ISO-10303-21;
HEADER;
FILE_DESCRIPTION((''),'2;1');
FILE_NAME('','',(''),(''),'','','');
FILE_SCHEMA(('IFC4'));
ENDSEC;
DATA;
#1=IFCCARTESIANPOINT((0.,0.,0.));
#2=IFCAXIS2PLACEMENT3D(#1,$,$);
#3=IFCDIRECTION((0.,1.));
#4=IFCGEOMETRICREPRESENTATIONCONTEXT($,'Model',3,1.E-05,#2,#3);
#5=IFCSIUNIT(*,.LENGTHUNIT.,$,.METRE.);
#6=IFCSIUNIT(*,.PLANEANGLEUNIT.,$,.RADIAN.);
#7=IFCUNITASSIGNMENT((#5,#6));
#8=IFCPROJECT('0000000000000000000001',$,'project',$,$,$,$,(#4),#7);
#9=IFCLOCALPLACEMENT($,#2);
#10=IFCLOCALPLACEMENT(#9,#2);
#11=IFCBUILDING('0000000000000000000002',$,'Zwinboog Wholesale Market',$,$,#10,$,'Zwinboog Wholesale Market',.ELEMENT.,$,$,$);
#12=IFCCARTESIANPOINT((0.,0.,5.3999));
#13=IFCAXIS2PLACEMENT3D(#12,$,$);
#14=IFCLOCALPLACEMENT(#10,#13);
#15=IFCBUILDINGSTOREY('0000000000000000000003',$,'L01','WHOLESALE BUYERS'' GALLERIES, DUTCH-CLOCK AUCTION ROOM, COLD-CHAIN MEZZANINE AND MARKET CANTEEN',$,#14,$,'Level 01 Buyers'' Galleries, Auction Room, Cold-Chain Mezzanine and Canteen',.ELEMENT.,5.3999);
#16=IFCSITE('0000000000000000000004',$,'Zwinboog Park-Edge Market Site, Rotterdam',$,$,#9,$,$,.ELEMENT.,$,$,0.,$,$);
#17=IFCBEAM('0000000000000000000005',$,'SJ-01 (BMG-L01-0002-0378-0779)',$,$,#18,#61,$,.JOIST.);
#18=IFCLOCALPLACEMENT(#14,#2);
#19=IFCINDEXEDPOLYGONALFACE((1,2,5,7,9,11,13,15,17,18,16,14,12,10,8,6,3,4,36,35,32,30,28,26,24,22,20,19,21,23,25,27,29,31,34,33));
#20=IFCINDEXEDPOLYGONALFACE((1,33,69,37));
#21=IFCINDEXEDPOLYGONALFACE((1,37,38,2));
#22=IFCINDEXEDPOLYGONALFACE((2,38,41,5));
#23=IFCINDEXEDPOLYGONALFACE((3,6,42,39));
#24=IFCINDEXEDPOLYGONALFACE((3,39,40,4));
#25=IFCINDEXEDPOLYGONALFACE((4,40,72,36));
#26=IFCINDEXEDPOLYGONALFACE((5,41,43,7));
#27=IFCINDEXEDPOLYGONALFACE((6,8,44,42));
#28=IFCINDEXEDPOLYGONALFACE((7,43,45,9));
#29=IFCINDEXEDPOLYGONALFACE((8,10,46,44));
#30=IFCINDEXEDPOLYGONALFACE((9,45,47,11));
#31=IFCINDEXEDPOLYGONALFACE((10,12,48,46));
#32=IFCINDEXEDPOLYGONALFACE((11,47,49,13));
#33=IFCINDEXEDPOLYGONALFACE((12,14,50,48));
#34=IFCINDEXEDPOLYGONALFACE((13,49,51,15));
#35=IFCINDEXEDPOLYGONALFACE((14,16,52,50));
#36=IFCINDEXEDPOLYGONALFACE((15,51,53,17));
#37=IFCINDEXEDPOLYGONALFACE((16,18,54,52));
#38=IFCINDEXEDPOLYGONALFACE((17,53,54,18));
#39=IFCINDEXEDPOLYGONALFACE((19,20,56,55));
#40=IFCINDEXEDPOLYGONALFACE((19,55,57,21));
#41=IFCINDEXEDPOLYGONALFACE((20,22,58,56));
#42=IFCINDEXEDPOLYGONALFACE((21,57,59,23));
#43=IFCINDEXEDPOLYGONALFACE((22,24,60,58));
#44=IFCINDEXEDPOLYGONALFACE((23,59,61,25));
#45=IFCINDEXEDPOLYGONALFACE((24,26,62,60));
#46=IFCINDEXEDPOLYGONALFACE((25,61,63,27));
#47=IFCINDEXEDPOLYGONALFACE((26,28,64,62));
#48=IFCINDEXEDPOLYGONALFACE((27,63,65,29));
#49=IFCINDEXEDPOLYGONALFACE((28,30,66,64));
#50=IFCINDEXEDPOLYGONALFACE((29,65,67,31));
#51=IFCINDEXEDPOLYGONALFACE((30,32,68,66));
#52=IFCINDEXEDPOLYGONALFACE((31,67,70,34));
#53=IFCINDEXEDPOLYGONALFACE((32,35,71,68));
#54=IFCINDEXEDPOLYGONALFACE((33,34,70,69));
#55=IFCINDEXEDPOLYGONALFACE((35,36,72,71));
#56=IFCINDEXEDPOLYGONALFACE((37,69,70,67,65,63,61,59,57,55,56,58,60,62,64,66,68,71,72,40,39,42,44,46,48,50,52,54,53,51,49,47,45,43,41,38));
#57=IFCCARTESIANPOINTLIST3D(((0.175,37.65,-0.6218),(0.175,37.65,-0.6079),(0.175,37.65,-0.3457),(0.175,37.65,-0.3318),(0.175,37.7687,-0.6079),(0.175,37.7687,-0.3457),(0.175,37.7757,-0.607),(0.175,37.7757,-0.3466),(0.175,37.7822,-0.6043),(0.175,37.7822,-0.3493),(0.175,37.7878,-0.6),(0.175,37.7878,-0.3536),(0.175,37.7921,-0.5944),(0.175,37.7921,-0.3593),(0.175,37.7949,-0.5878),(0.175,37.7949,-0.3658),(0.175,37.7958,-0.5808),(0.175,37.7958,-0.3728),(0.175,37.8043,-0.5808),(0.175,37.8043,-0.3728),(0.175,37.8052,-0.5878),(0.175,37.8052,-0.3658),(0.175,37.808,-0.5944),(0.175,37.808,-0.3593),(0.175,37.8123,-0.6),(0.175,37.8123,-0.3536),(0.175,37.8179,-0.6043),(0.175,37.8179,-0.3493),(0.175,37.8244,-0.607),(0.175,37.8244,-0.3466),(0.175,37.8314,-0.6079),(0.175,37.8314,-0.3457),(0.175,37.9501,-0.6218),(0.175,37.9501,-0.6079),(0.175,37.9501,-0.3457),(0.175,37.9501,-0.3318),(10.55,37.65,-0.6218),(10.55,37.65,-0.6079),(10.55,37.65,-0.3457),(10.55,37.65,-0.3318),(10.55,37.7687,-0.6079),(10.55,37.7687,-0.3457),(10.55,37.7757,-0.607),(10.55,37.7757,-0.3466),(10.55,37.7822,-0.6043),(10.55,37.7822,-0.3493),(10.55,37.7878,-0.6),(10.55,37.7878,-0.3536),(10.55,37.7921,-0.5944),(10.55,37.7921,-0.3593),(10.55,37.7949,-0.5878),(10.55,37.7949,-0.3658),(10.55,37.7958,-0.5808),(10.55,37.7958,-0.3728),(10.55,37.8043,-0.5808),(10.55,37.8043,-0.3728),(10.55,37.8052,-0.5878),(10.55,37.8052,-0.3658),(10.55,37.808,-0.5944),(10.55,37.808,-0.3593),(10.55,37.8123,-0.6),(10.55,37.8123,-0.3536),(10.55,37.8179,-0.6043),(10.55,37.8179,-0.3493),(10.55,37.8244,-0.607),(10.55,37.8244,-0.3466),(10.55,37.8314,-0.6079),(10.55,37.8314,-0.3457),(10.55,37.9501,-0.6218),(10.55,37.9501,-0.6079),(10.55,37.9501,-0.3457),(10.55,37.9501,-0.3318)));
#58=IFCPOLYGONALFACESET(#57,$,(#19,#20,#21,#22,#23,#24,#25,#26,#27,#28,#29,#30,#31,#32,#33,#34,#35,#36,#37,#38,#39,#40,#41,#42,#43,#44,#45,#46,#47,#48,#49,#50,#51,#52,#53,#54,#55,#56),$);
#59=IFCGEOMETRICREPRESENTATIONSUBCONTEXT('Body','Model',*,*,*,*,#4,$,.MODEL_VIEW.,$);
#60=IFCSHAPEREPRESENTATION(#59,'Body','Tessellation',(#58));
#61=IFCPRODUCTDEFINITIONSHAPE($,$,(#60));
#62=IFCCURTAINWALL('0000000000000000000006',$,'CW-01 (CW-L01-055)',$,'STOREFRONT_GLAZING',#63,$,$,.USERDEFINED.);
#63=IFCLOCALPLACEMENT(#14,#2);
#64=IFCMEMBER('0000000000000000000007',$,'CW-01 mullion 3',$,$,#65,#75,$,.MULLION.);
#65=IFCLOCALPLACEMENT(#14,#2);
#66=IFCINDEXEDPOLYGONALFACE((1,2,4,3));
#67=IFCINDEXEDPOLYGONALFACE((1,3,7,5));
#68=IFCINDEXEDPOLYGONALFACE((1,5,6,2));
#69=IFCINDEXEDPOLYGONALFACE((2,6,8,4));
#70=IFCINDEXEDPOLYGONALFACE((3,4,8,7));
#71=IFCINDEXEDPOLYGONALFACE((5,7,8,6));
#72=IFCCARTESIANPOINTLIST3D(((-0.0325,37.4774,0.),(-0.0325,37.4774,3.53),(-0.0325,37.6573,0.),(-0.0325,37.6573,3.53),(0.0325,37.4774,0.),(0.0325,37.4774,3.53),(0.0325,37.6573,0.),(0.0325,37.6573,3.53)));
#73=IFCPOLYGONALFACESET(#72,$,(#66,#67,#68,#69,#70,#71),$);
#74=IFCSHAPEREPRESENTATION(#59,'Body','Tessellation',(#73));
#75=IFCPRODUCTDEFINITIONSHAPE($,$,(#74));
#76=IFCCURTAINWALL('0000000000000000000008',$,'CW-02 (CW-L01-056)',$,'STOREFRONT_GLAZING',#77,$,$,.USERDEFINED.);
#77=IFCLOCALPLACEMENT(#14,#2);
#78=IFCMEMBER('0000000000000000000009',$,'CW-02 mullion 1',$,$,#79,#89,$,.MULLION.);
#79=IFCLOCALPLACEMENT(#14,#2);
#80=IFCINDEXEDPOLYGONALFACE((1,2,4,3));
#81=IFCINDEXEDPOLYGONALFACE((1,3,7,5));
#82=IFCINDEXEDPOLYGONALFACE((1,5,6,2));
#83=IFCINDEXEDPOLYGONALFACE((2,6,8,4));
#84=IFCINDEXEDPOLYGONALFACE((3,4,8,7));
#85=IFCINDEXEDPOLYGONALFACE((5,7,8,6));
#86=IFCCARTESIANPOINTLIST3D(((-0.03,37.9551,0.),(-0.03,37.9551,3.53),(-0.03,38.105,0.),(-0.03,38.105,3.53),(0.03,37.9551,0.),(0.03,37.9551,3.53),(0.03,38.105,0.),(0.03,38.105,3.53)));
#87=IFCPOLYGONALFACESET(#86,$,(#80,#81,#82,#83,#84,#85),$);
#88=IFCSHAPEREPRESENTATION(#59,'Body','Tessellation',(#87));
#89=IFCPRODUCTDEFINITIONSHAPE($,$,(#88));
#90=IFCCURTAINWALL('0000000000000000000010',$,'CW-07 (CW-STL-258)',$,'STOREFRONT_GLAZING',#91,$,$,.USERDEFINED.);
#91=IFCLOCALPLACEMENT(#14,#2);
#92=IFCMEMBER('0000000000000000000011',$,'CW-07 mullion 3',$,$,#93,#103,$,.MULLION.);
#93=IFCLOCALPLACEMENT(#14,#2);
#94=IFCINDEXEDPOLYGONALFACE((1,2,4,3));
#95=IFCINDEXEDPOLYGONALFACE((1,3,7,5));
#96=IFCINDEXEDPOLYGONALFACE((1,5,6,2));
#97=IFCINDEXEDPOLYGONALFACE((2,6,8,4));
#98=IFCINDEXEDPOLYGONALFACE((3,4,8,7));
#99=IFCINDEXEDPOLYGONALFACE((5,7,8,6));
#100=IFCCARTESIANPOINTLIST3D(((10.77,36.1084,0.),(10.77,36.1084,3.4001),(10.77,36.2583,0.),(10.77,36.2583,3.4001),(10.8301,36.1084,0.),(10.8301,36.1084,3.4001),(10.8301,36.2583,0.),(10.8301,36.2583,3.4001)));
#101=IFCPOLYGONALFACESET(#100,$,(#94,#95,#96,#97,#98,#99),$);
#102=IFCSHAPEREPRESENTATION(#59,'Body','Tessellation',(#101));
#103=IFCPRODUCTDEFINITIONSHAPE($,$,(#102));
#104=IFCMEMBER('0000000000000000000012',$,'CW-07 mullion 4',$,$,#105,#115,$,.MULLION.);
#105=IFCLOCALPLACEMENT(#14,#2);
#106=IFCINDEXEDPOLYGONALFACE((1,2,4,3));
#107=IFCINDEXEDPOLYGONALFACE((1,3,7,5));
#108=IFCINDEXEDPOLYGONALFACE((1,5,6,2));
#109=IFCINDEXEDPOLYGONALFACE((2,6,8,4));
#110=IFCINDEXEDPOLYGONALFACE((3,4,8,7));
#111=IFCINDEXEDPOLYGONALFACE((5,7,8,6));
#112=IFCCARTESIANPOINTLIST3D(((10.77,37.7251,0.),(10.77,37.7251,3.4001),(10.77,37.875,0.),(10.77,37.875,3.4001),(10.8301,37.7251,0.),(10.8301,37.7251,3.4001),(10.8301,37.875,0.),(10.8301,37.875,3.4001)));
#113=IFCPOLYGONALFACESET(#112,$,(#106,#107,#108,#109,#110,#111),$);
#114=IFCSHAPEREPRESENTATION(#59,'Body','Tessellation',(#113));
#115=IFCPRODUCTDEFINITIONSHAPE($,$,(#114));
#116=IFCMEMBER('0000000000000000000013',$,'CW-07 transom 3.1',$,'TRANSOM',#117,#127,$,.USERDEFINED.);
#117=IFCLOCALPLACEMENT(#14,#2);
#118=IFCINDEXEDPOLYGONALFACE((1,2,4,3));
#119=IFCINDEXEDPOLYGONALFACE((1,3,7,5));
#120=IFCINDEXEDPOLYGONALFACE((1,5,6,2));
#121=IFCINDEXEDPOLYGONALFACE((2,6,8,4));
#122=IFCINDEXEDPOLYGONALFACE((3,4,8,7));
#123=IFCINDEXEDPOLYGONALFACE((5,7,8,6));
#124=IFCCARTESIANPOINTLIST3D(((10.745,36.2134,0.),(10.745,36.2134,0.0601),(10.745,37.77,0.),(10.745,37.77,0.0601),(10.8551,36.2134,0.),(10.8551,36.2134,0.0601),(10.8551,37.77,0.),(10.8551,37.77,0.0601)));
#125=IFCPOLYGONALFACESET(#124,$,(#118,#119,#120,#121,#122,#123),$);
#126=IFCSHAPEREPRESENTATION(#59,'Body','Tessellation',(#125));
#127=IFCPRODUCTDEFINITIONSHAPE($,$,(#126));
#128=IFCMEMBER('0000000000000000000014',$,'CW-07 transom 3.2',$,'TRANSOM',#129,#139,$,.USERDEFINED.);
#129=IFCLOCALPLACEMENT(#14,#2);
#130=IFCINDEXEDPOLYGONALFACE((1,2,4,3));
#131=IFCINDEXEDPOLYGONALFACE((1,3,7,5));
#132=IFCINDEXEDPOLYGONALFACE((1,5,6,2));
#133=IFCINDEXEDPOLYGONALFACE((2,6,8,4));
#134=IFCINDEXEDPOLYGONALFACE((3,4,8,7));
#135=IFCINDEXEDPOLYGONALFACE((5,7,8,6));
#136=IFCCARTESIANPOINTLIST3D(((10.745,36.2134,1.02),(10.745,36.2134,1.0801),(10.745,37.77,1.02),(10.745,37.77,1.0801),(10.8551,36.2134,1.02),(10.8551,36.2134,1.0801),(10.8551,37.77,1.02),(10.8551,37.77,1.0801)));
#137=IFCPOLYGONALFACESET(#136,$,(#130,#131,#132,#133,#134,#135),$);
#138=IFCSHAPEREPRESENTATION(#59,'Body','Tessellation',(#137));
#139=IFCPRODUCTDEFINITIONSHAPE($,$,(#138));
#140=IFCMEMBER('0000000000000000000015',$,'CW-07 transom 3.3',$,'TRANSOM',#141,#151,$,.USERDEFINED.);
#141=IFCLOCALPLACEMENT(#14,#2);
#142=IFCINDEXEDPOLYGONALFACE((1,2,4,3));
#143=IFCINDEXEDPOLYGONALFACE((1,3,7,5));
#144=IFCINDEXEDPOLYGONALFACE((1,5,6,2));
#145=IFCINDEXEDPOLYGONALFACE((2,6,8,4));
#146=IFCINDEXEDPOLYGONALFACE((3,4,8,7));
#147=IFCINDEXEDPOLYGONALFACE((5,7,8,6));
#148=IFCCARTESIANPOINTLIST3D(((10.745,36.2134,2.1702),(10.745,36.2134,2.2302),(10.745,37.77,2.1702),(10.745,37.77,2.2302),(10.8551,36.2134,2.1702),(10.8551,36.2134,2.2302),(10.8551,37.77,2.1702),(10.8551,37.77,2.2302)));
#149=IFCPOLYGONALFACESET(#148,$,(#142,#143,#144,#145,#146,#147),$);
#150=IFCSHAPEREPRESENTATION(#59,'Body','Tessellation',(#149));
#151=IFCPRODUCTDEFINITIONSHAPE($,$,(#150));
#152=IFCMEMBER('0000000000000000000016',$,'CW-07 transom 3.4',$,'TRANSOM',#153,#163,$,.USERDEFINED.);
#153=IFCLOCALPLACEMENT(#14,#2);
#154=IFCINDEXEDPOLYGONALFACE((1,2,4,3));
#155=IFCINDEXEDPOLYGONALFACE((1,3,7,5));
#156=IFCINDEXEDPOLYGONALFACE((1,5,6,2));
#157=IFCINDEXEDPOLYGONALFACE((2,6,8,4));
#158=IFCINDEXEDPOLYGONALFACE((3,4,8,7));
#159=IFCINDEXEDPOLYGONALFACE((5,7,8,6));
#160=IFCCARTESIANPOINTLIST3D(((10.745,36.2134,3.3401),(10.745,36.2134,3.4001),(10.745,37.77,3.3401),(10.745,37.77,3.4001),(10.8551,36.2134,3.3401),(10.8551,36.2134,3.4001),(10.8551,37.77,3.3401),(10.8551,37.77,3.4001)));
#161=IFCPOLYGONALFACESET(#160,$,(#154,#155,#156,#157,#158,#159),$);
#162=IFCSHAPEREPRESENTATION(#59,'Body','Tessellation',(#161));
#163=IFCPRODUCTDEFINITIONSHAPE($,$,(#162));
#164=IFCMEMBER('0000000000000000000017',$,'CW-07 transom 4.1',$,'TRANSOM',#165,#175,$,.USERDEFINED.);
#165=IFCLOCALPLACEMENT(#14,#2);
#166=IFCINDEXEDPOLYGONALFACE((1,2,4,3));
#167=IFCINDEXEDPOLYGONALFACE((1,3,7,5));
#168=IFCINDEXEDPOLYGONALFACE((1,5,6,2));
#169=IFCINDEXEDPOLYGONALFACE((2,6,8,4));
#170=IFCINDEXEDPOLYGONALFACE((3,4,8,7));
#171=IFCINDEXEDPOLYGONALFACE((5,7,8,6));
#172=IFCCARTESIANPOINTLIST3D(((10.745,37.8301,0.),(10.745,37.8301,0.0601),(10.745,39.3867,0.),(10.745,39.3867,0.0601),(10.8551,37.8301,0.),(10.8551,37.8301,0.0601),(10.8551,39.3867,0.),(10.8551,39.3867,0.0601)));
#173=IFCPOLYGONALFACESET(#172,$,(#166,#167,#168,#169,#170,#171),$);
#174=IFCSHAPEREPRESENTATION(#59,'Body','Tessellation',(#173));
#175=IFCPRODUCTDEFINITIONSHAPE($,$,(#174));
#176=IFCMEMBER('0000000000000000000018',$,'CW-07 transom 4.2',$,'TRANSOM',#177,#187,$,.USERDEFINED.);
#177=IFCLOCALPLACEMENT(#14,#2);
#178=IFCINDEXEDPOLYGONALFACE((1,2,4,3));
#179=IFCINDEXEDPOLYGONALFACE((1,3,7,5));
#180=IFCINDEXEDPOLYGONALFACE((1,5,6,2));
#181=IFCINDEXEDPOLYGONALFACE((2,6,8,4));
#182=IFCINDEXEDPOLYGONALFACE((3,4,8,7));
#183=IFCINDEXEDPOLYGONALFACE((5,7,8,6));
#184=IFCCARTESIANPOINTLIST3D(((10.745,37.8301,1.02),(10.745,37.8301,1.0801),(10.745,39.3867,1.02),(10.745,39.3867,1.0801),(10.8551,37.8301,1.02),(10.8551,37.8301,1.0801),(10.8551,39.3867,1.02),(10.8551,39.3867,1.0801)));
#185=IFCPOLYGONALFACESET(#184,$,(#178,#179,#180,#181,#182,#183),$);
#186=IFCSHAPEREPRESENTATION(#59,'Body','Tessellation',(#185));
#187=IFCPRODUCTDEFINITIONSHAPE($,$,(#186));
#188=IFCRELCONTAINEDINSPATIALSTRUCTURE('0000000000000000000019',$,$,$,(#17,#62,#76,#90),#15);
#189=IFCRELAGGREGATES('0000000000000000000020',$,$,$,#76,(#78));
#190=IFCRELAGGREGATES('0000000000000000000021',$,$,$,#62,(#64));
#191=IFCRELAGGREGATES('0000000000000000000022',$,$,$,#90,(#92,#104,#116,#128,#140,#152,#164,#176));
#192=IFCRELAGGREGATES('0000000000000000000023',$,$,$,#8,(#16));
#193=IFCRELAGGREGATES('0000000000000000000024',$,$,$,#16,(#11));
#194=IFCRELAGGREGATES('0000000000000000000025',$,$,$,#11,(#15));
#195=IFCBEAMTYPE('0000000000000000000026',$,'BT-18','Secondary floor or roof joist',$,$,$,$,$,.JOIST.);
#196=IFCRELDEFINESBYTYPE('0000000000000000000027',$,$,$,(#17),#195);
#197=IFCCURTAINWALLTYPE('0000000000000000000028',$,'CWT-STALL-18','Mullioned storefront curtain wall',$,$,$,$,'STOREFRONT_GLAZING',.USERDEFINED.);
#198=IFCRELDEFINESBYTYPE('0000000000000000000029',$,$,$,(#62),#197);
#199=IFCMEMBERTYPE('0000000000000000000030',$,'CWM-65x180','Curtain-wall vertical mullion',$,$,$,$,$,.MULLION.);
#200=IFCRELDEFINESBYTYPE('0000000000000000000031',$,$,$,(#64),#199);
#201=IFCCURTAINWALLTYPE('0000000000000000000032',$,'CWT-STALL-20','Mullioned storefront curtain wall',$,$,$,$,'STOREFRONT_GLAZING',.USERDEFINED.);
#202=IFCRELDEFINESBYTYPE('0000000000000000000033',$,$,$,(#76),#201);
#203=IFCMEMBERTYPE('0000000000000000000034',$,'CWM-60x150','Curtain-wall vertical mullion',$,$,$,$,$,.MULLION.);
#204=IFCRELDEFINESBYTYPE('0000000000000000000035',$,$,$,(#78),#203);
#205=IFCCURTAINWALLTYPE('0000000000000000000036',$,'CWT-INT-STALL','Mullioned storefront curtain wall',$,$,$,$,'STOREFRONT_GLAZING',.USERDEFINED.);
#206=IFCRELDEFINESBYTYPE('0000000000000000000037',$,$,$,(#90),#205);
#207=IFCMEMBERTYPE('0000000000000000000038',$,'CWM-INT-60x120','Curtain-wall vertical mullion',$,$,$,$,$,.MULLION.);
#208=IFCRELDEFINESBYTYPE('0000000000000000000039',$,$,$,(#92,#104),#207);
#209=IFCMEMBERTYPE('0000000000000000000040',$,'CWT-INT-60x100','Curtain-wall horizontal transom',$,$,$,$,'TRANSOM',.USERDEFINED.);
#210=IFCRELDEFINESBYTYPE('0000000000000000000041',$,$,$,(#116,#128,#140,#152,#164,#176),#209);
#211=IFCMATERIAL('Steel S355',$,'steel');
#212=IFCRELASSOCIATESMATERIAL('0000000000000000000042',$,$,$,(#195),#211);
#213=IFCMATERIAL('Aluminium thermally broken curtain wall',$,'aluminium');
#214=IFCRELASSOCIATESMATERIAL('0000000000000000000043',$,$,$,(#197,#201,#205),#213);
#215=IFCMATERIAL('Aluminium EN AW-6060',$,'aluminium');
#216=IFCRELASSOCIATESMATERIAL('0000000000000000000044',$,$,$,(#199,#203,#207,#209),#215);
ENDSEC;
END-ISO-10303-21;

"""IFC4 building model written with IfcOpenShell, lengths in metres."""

from ifc_helpers import new_model, si_unit, direction, frame, origin, origin_2d, place, context, subcontext, project, spatial, rectangle, i_section, extrude, material, material_profile, profile_set, type_object, element, aggregate, save


model = new_model("IFC4")

# Units and contexts
model_context = context("Model", 3, precision=1e-05, world=origin(), true_north=direction((0.0, 1.0)))
body_context = subcontext(model_context, "Body", "Model", "MODEL_VIEW")
ifc_project = project(units=[si_unit("LENGTHUNIT", "METRE"), si_unit("PLANEANGLEUNIT", "RADIAN")], contexts=[model_context])

# Site, building, storey
site_placement = place(None, origin())
site = spatial("IfcSite", under=ifc_project, at=site_placement, Name="Zwinboog Park-Edge Market Site, Rotterdam", CompositionType="ELEMENT", RefElevation=0.0)
building_placement = place(site_placement, origin())
building = spatial("IfcBuilding", under=site, at=building_placement, Name="Zwinboog Wholesale Market", LongName="Zwinboog Wholesale Market", CompositionType="ELEMENT")
storey_placement = place(building_placement, frame((0.0, 0.0, 5.3999)))
storey = spatial("IfcBuildingStorey", under=building, at=storey_placement, Name="L01", Description="WHOLESALE BUYERS' GALLERIES, DUTCH-CLOCK AUCTION ROOM, COLD-CHAIN MEZZANINE AND MARKET CANTEEN", LongName="Level 01 Buyers' Galleries, Auction Room, Cold-Chain Mezzanine and Canteen", CompositionType="ELEMENT", Elevation=5.3999)

# Beam
ifc_material_1 = material(Name="Steel S355", Category="steel")
ifc_material_profile_1 = material_profile(ifc_material_1, i_section(OverallWidth=0.3, OverallDepth=0.29, WebThickness=0.0085, FlangeThickness=0.0139, FilletRadius=0.0271, at=origin_2d()), Name="HEA 300")
ifc_profile_set_1 = profile_set([ifc_material_profile_1], Name="Steel S355")
beam_type = type_object("IfcBeamType", Name="BT-18", Description="Secondary floor or roof joist", PredefinedType="JOIST", material=ifc_profile_set_1)
beam_placement = place(storey_placement, frame((0.175, 37.8, -0.4768), z_axis=(1.0, 0.0, 0.0), x_axis=(0.0, 1.0, 0.0)))
element("IfcBeam", 1, at=beam_placement, inside=storey, type_object=beam_type, Name="SJ-01 (BMG-L01-0002-0378-0779)", PredefinedType="JOIST", context=body_context, shape_type="SweptSolid", body=[
    extrude(i_section(OverallWidth=0.3, OverallDepth=0.29, WebThickness=0.0085, FlangeThickness=0.0139, FilletRadius=0.0271, at=origin_2d()), origin(), (0.0, 0.0, 1.0), 10.375),
])

# Curtain walls, members
ifc_material_2 = material(Name="Aluminium thermally broken curtain wall", Category="aluminium")
curtain_wall_type_1 = type_object("IfcCurtainWallType", Name="CWT-STALL-18", Description="Mullioned storefront curtain wall", ElementType="STOREFRONT_GLAZING", PredefinedType="USERDEFINED", material=ifc_material_2)
curtain_wall_1_placement = place(storey_placement, origin())
curtain_wall_1 = element("IfcCurtainWall", 2, at=curtain_wall_1_placement, inside=storey, type_object=curtain_wall_type_1, Name="CW-01 (CW-L01-055)", ObjectType="STOREFRONT_GLAZING", PredefinedType="USERDEFINED")
ifc_material_3 = material(Name="Aluminium EN AW-6060", Category="aluminium")
ifc_material_profile_2 = material_profile(ifc_material_3, rectangle(XDim=0.0649, YDim=0.1799, at=origin_2d()), Name="AL 65x180")
ifc_profile_set_2 = profile_set([ifc_material_profile_2], Name="Aluminium EN AW-6060")
member_type_1 = type_object("IfcMemberType", Name="CWM-65x180", Description="Curtain-wall vertical mullion", PredefinedType="MULLION", material=ifc_profile_set_2)
member_1_placement = place(storey_placement, frame((0.0, 37.5674, 0.0), z_axis=(0.0, 0.0, 1.0), x_axis=(-1.0, 0.0, 0.0)))
member_1 = element("IfcMember", 3, at=member_1_placement, type_object=member_type_1, Name="CW-01 mullion 3", PredefinedType="MULLION", context=body_context, shape_type="SweptSolid", body=[
    extrude(rectangle(XDim=0.0649, YDim=0.1799, at=origin_2d()), origin(), (0.0, 0.0, 1.0), 3.53),
])
curtain_wall_type_2 = type_object("IfcCurtainWallType", Name="CWT-STALL-20", Description="Mullioned storefront curtain wall", ElementType="STOREFRONT_GLAZING", PredefinedType="USERDEFINED", material=ifc_material_2)
curtain_wall_2_placement = place(storey_placement, origin())
curtain_wall_2 = element("IfcCurtainWall", 4, at=curtain_wall_2_placement, inside=storey, type_object=curtain_wall_type_2, Name="CW-02 (CW-L01-056)", ObjectType="STOREFRONT_GLAZING", PredefinedType="USERDEFINED")
ifc_material_profile_3 = material_profile(ifc_material_3, rectangle(XDim=0.0601, YDim=0.1499, at=origin_2d()), Name="AL 60x150")
ifc_profile_set_3 = profile_set([ifc_material_profile_3], Name="Aluminium EN AW-6060")
member_type_2 = type_object("IfcMemberType", Name="CWM-60x150", Description="Curtain-wall vertical mullion", PredefinedType="MULLION", material=ifc_profile_set_3)
member_2_placement = place(storey_placement, frame((0.0, 38.03, 0.0), z_axis=(0.0, 0.0, 1.0), x_axis=(-1.0, 0.0, 0.0)))
member_2 = element("IfcMember", 5, at=member_2_placement, type_object=member_type_2, Name="CW-02 mullion 1", PredefinedType="MULLION", context=body_context, shape_type="SweptSolid", body=[
    extrude(rectangle(XDim=0.0601, YDim=0.1499, at=origin_2d()), origin(), (0.0, 0.0, 1.0), 3.53),
])
aggregate(curtain_wall_2, [member_2])

# Curtain wall, members
curtain_wall_type_3 = type_object("IfcCurtainWallType", Name="CWT-INT-STALL", Description="Mullioned storefront curtain wall", ElementType="STOREFRONT_GLAZING", PredefinedType="USERDEFINED", material=ifc_material_2)
curtain_wall_3_placement = place(storey_placement, origin())
curtain_wall_3 = element("IfcCurtainWall", 6, at=curtain_wall_3_placement, inside=storey, type_object=curtain_wall_type_3, Name="CW-07 (CW-STL-258)", ObjectType="STOREFRONT_GLAZING", PredefinedType="USERDEFINED")
ifc_material_profile_4 = material_profile(ifc_material_3, rectangle(XDim=0.0601, YDim=0.1499, at=origin_2d()), Name="AL 60x150")
ifc_profile_set_4 = profile_set([ifc_material_profile_4], Name="Aluminium EN AW-6060")
member_type_3 = type_object("IfcMemberType", Name="CWM-INT-60x120", Description="Curtain-wall vertical mullion", PredefinedType="MULLION", material=ifc_profile_set_4)
member_3_placement = place(storey_placement, frame((10.8, 36.1833, 0.0), z_axis=(0.0, 0.0, 1.0), x_axis=(-1.0, 0.0, 0.0)))
member_3 = element("IfcMember", 7, at=member_3_placement, type_object=member_type_3, Name="CW-07 mullion 3", PredefinedType="MULLION", context=body_context, shape_type="SweptSolid", body=[
    extrude(rectangle(XDim=0.0601, YDim=0.1499, at=origin_2d()), origin(), (0.0, 0.0, 1.0), 3.4001),
])
member_4_placement = place(storey_placement, frame((10.8, 37.8, 0.0), z_axis=(0.0, 0.0, 1.0), x_axis=(-1.0, 0.0, 0.0)))
member_4 = element("IfcMember", 8, at=member_4_placement, type_object=member_type_3, Name="CW-07 mullion 4", PredefinedType="MULLION", context=body_context, shape_type="SweptSolid", body=[
    extrude(rectangle(XDim=0.0601, YDim=0.1499, at=origin_2d()), origin(), (0.0, 0.0, 1.0), 3.4001),
])
ifc_material_profile_5 = material_profile(ifc_material_3, rectangle(XDim=0.1101, YDim=0.0601, at=origin_2d()), Name="AL 60x110")
ifc_profile_set_5 = profile_set([ifc_material_profile_5], Name="Aluminium EN AW-6060")
member_type_4 = type_object("IfcMemberType", Name="CWT-INT-60x100", Description="Curtain-wall horizontal transom", ElementType="TRANSOM", PredefinedType="USERDEFINED", material=ifc_profile_set_5)
member_5_placement = place(storey_placement, frame((10.8, 36.2134, 0.03), z_axis=(0.0, 1.0, 0.0), x_axis=(-1.0, 0.0, 0.0)))
member_5 = element("IfcMember", 9, at=member_5_placement, type_object=member_type_4, Name="CW-07 transom 3.1", ObjectType="TRANSOM", PredefinedType="USERDEFINED", context=body_context, shape_type="SweptSolid", body=[
    extrude(rectangle(XDim=0.1101, YDim=0.0601, at=origin_2d()), origin(), (0.0, 0.0, 1.0), 1.5566),
])
member_6_placement = place(storey_placement, frame((10.8, 36.2134, 1.05), z_axis=(0.0, 1.0, 0.0), x_axis=(-1.0, 0.0, 0.0)))
member_6 = element("IfcMember", 10, at=member_6_placement, type_object=member_type_4, Name="CW-07 transom 3.2", ObjectType="TRANSOM", PredefinedType="USERDEFINED", context=body_context, shape_type="SweptSolid", body=[
    extrude(rectangle(XDim=0.1101, YDim=0.0601, at=origin_2d()), origin(), (0.0, 0.0, 1.0), 1.5566),
])
member_7_placement = place(storey_placement, frame((10.8, 36.2134, 2.2002), z_axis=(0.0, 1.0, 0.0), x_axis=(-1.0, 0.0, 0.0)))
member_7 = element("IfcMember", 11, at=member_7_placement, type_object=member_type_4, Name="CW-07 transom 3.3", ObjectType="TRANSOM", PredefinedType="USERDEFINED", context=body_context, shape_type="SweptSolid", body=[
    extrude(rectangle(XDim=0.1101, YDim=0.0601, at=origin_2d()), origin(), (0.0, 0.0, 1.0), 1.5566),
])
member_8_placement = place(storey_placement, frame((10.8, 36.2134, 3.3701), z_axis=(0.0, 1.0, 0.0), x_axis=(-1.0, 0.0, 0.0)))
member_8 = element("IfcMember", 12, at=member_8_placement, type_object=member_type_4, Name="CW-07 transom 3.4", ObjectType="TRANSOM", PredefinedType="USERDEFINED", context=body_context, shape_type="SweptSolid", body=[
    extrude(rectangle(XDim=0.1101, YDim=0.0601, at=origin_2d()), origin(), (0.0, 0.0, 1.0), 1.5566),
])
member_9_placement = place(storey_placement, frame((10.8, 37.8301, 0.03), z_axis=(0.0, 1.0, 0.0), x_axis=(-1.0, 0.0, 0.0)))
member_9 = element("IfcMember", 13, at=member_9_placement, type_object=member_type_4, Name="CW-07 transom 4.1", ObjectType="TRANSOM", PredefinedType="USERDEFINED", context=body_context, shape_type="SweptSolid", body=[
    extrude(rectangle(XDim=0.1101, YDim=0.0601, at=origin_2d()), origin(), (0.0, 0.0, 1.0), 1.5566),
])
member_10_placement = place(storey_placement, frame((10.8, 37.8301, 1.05), z_axis=(0.0, 1.0, 0.0), x_axis=(-1.0, 0.0, 0.0)))
member_10 = element("IfcMember", 14, at=member_10_placement, type_object=member_type_4, Name="CW-07 transom 4.2", ObjectType="TRANSOM", PredefinedType="USERDEFINED", context=body_context, shape_type="SweptSolid", body=[
    extrude(rectangle(XDim=0.1101, YDim=0.0601, at=origin_2d()), origin(), (0.0, 0.0, 1.0), 1.5566),
])

aggregate(curtain_wall_1, [member_1])
aggregate(curtain_wall_3, [member_3, member_4, member_5, member_6, member_7, member_8, member_9, member_10])

save(model, "model.ifc")
